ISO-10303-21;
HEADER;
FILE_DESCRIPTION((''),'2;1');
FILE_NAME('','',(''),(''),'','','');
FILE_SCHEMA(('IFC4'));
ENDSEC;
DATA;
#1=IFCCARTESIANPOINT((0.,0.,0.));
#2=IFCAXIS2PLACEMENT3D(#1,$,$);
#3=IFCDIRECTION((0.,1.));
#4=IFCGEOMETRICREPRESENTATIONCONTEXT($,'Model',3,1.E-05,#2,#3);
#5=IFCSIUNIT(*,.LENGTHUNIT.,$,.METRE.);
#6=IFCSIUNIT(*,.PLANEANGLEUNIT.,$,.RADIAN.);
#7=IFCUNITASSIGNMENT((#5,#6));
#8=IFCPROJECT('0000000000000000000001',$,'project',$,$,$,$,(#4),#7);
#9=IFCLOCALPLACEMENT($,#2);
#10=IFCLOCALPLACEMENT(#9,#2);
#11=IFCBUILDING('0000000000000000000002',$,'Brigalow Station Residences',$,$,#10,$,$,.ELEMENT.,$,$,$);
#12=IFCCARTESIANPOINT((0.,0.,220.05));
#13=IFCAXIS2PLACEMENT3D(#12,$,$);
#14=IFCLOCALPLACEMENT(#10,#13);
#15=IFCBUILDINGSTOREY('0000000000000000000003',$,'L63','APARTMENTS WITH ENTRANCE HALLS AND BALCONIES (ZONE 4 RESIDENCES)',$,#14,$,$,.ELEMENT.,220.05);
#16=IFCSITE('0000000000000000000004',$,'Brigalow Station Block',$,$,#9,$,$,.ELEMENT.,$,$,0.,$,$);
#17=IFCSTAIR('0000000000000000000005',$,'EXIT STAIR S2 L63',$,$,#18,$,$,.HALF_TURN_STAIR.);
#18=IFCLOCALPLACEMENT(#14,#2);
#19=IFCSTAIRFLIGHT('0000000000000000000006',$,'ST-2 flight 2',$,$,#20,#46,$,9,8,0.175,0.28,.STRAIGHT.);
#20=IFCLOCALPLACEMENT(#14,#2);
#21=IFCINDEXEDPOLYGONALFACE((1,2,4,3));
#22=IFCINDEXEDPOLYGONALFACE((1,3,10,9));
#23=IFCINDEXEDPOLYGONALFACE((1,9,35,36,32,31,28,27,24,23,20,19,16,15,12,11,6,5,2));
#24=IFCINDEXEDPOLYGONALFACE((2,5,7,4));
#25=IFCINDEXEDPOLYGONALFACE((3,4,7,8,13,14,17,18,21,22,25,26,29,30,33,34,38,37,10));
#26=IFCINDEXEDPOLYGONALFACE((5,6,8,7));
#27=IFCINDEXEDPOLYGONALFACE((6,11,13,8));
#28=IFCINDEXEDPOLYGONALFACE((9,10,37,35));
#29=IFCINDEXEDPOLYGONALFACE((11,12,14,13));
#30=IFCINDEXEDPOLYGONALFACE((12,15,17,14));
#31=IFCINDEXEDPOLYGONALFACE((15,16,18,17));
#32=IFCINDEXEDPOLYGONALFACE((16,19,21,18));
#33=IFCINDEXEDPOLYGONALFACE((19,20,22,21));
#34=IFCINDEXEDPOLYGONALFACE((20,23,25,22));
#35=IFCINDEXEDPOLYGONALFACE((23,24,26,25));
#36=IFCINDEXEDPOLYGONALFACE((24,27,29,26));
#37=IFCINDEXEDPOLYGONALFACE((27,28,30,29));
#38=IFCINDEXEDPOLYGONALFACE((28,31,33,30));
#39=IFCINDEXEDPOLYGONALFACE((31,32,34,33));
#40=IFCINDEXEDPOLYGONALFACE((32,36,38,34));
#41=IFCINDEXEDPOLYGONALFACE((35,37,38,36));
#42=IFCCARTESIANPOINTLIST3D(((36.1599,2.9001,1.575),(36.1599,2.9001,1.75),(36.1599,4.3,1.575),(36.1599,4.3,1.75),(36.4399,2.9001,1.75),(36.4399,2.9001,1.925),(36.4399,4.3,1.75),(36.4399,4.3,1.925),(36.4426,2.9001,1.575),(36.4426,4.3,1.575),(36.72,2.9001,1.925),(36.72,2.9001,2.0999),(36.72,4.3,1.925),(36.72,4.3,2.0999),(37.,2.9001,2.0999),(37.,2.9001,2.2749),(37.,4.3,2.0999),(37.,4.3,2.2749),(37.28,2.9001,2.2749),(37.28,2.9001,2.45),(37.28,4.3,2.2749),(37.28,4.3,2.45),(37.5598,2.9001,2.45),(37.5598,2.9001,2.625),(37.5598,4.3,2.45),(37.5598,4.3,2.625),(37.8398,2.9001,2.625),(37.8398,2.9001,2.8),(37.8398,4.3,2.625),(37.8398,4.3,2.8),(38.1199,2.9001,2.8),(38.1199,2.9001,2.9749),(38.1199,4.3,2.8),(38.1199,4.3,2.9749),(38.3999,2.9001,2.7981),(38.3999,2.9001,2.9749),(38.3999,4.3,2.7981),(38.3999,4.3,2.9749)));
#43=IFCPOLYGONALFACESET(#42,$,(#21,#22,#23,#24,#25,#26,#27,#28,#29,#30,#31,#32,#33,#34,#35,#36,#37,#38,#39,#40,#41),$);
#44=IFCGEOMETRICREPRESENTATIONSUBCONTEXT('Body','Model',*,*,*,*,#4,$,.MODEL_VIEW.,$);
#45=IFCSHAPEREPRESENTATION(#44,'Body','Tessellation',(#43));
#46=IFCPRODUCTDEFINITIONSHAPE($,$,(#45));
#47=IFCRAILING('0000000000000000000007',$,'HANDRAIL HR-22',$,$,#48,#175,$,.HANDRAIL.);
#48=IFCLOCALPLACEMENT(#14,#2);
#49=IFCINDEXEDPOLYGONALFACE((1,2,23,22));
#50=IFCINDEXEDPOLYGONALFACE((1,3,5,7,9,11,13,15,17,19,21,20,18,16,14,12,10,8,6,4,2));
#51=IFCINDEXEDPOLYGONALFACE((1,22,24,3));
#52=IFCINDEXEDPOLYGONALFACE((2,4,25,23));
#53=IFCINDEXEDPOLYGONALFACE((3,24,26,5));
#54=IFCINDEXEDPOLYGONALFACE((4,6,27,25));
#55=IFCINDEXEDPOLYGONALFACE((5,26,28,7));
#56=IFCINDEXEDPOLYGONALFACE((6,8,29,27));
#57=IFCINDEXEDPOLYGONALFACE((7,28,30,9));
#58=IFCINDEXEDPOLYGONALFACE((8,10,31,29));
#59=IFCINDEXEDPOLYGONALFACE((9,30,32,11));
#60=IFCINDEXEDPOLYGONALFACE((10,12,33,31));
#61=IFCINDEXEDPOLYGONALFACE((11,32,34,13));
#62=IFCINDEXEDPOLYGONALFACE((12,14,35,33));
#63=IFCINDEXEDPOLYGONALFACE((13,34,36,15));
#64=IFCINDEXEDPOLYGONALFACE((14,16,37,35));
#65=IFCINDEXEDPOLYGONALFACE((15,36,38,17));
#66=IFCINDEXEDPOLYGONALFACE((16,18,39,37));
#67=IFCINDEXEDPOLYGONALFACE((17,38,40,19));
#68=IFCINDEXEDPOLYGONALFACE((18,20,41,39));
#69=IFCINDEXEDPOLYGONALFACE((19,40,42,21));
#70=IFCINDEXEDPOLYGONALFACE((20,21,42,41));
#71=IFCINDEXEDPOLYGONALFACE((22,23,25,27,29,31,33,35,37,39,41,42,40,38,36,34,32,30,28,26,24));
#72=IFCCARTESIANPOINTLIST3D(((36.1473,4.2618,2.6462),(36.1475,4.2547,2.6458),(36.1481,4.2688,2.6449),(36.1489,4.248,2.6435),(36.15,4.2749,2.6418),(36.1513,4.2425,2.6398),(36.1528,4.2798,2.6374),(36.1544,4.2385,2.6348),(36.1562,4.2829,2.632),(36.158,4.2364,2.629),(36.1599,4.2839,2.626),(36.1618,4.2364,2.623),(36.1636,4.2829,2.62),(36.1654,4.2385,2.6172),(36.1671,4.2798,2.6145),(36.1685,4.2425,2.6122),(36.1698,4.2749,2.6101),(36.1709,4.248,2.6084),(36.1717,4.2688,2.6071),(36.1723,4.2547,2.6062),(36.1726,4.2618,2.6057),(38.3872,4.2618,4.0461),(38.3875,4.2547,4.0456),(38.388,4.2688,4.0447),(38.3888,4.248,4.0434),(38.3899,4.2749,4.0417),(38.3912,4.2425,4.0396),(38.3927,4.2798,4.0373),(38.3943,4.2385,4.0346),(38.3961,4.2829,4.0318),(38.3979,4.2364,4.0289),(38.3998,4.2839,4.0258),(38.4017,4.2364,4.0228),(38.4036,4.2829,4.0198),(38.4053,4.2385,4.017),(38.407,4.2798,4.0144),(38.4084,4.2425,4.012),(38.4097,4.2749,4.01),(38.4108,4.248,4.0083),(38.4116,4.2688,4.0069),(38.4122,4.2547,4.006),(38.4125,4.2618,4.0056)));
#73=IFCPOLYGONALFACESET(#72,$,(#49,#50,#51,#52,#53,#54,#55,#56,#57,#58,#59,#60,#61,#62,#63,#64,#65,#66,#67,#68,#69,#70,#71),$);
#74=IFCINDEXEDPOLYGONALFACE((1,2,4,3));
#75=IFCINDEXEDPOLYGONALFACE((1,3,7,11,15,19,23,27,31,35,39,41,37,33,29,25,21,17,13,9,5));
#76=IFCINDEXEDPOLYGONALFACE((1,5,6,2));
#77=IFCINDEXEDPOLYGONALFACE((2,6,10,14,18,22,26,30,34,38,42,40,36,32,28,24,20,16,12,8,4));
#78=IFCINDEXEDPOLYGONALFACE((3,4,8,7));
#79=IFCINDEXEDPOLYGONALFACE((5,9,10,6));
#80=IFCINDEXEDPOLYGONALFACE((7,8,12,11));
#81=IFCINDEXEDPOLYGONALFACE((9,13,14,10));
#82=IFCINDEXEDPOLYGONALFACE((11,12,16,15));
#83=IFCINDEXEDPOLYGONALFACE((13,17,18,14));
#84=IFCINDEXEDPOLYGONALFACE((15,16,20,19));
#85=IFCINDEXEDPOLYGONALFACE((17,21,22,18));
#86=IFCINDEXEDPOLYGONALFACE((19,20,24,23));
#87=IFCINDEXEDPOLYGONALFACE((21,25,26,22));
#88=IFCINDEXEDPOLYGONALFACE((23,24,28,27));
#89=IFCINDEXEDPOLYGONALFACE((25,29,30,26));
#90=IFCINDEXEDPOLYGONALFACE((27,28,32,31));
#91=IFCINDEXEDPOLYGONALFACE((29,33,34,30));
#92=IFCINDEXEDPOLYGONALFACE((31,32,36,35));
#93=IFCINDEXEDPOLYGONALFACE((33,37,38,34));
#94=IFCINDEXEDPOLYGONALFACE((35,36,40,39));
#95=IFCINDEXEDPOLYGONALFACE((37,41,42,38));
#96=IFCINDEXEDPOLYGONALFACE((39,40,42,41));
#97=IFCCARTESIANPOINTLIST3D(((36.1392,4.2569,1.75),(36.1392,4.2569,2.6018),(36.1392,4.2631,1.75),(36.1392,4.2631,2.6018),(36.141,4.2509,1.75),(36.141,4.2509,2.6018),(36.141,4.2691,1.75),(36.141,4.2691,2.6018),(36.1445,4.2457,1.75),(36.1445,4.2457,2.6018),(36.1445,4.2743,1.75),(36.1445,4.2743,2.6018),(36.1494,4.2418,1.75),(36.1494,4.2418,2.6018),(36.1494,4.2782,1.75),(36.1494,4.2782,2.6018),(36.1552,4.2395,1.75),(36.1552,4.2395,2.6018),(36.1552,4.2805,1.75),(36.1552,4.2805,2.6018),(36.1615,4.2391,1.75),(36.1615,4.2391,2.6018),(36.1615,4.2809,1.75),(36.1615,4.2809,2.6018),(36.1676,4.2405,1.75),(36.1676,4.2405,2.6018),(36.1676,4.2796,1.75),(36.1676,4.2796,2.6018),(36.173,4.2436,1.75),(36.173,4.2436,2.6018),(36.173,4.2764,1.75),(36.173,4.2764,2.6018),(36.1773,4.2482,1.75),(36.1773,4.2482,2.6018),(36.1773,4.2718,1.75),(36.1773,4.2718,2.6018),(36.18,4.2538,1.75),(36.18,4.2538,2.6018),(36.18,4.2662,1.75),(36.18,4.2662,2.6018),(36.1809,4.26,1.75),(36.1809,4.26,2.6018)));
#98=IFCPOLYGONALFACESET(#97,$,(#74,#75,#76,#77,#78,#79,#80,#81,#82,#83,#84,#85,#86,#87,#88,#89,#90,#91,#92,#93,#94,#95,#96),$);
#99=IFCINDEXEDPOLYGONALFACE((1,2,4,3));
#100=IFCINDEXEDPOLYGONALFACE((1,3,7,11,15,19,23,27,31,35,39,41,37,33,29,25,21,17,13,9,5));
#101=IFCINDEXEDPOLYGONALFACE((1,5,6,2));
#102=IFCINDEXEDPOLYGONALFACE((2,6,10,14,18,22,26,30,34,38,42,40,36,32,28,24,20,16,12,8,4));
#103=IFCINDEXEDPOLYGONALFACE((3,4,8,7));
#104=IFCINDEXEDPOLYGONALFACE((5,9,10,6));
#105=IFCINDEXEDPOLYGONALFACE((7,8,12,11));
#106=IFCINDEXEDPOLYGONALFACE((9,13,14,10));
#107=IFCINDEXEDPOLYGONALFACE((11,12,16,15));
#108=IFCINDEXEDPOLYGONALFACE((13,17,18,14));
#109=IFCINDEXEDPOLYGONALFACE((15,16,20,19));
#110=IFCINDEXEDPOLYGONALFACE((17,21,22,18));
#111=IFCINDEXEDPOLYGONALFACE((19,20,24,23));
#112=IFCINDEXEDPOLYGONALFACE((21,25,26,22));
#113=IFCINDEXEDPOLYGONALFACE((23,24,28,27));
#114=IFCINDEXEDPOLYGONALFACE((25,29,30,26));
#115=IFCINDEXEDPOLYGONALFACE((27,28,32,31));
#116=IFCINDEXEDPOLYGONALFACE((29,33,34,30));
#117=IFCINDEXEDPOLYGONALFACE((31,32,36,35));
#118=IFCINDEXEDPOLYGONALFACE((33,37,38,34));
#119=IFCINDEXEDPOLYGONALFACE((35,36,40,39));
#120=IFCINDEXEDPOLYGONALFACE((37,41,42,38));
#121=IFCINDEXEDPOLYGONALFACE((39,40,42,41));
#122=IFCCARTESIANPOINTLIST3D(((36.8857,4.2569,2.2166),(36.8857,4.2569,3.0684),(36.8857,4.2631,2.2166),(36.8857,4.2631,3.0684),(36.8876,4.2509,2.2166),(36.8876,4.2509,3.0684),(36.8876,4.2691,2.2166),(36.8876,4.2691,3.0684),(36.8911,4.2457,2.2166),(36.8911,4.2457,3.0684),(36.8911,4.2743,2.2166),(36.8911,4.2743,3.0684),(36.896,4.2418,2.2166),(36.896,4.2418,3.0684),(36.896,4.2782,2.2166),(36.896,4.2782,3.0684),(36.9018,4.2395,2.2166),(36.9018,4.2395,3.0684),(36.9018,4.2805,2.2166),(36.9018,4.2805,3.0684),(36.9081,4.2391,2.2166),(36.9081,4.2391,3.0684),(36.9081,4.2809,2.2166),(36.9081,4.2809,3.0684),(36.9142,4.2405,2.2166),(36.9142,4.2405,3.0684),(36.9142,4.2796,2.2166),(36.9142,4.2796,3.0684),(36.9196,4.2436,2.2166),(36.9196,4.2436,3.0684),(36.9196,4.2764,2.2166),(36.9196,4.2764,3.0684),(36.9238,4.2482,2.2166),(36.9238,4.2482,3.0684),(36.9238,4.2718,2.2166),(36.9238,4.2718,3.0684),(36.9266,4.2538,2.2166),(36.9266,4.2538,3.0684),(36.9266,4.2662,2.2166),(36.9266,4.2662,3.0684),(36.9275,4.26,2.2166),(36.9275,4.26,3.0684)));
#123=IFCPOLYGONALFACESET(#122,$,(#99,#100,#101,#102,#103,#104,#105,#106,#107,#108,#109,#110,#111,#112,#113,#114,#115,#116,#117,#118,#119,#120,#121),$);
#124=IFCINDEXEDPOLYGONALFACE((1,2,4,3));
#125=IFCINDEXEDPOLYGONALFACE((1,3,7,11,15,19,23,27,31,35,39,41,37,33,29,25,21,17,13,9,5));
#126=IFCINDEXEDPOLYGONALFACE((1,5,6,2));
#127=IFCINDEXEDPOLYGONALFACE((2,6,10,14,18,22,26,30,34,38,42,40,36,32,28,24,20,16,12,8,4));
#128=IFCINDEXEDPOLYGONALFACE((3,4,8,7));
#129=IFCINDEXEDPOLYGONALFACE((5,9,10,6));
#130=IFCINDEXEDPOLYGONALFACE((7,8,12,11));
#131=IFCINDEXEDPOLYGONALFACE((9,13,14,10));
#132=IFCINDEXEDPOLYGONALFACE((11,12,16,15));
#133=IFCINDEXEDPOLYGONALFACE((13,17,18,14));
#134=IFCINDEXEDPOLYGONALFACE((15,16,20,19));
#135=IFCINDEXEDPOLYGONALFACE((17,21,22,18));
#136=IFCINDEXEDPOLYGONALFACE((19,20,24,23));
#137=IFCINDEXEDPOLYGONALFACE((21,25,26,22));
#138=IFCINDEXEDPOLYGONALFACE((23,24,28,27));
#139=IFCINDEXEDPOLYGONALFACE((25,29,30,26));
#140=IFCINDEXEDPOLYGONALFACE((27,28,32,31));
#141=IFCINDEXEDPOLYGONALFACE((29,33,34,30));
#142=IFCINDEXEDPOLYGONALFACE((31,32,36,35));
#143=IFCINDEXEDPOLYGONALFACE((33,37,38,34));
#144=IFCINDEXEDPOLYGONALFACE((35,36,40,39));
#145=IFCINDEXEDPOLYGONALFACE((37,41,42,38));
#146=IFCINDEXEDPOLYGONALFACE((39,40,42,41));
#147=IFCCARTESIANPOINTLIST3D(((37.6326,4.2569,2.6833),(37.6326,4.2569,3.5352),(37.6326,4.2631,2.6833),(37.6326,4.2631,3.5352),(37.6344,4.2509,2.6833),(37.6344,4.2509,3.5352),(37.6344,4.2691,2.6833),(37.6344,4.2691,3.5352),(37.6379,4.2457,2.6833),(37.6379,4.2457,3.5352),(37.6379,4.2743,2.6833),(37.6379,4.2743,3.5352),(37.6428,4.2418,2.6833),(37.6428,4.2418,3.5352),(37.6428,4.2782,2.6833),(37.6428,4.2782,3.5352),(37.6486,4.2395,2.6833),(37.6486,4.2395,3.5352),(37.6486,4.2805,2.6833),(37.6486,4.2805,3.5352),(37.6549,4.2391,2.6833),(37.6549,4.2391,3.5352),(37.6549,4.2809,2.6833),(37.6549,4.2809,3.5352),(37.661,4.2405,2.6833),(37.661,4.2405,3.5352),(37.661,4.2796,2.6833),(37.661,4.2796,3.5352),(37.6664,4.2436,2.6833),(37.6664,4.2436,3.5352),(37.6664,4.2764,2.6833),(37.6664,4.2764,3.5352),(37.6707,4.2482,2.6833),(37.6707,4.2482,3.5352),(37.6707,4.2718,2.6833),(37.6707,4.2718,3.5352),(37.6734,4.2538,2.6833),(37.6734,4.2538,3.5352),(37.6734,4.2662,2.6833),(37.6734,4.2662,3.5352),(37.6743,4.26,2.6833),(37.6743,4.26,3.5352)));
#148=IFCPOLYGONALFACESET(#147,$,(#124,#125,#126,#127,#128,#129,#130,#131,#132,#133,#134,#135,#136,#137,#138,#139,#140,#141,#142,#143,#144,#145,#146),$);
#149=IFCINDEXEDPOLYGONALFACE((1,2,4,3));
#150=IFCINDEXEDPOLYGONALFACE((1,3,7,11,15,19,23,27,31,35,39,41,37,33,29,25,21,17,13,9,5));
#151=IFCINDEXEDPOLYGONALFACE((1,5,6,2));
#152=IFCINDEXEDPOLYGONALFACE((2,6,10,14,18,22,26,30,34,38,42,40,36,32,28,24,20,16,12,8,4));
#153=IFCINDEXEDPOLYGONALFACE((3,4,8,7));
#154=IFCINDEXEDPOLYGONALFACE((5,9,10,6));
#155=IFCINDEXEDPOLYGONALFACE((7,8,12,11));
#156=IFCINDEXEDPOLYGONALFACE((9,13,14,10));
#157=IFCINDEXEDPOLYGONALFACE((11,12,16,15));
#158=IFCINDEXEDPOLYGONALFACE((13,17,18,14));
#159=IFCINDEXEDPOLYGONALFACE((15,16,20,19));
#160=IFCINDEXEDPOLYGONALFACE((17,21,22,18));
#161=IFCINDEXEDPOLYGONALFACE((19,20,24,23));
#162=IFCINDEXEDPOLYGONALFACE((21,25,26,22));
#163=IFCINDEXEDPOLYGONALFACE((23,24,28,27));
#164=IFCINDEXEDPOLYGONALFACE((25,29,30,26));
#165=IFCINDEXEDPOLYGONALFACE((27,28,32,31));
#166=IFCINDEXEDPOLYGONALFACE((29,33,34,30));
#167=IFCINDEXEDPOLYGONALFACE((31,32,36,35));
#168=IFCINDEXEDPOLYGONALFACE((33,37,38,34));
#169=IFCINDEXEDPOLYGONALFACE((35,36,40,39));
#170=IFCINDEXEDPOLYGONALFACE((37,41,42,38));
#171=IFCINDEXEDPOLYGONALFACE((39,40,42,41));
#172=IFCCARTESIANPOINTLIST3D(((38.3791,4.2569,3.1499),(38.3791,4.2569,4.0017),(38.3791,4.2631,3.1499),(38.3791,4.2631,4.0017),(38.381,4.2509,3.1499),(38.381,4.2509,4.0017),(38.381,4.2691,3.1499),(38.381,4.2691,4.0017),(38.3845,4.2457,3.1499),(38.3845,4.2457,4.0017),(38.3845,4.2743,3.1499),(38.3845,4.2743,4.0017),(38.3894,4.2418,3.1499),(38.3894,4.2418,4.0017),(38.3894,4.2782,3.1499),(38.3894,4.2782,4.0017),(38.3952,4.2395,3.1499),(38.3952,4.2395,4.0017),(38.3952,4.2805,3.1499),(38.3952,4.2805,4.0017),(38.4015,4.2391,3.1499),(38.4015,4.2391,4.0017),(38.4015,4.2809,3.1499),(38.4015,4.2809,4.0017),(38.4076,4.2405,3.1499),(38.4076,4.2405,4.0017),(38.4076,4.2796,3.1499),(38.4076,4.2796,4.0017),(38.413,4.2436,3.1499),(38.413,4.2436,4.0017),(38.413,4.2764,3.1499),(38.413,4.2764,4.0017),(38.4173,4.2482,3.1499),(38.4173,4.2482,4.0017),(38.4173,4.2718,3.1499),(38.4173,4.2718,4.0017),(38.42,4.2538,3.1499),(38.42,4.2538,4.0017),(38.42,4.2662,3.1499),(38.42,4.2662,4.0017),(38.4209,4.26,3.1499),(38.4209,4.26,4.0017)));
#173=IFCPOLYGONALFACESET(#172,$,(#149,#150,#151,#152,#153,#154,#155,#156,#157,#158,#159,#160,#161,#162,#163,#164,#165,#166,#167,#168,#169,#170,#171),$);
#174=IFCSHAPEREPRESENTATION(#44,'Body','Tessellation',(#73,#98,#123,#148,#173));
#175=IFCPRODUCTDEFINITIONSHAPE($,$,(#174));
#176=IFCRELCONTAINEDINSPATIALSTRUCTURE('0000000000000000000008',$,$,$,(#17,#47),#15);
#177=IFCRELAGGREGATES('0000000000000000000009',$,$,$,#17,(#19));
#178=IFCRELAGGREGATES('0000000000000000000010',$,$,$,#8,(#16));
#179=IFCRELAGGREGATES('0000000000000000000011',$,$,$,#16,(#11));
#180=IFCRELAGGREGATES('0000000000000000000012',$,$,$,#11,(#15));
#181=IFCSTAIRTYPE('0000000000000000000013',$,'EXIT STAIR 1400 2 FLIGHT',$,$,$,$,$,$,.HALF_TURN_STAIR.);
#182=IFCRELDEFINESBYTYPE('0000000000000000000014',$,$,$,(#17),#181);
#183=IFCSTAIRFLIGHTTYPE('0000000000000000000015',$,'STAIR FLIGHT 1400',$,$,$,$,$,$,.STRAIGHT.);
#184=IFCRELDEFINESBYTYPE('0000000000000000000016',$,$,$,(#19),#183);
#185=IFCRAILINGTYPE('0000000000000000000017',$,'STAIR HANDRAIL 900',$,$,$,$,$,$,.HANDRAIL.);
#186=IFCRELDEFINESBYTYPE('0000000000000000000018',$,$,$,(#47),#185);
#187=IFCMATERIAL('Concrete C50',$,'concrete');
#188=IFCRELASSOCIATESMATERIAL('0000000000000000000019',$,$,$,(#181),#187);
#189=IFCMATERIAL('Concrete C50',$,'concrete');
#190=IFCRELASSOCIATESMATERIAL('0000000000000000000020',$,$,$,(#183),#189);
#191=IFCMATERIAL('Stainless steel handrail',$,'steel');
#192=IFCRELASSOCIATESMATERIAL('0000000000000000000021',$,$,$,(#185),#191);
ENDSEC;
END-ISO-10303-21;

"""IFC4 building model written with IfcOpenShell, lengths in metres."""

from ifc_helpers import new_model, si_unit, direction, frame, origin, origin_2d, place, context, subcontext, project, spatial, polyline, circle, outline, extrude, material, type_object, element, aggregate, save


model = new_model("IFC4")

# Units and contexts
model_context = context("Model", 3, precision=1e-05, world=origin(), true_north=direction((0.0, 1.0)))
body_context = subcontext(model_context, "Body", "Model", "MODEL_VIEW")
ifc_project = project(units=[si_unit("LENGTHUNIT", "METRE"), si_unit("PLANEANGLEUNIT", "RADIAN")], contexts=[model_context])

# Site, building, storey
site_placement = place(None, origin())
site = spatial("IfcSite", under=ifc_project, at=site_placement, Name="Brigalow Station Block", CompositionType="ELEMENT", RefElevation=0.0)
building_placement = place(site_placement, origin())
building = spatial("IfcBuilding", under=site, at=building_placement, Name="Brigalow Station Residences", CompositionType="ELEMENT")
storey_placement = place(building_placement, frame((0.0, 0.0, 220.05)))
storey = spatial("IfcBuildingStorey", under=building, at=storey_placement, Name="L63", Description="APARTMENTS WITH ENTRANCE HALLS AND BALCONIES (ZONE 4 RESIDENCES)", CompositionType="ELEMENT", Elevation=220.05)

# Stair, stair flight
ifc_material_1 = material(Name="Concrete C50", Category="concrete")
stair_type = type_object("IfcStairType", Name="EXIT STAIR 1400 2 FLIGHT", PredefinedType="HALF_TURN_STAIR", material=ifc_material_1)
stair_placement = place(storey_placement, origin())
stair = element("IfcStair", 1, at=stair_placement, inside=storey, type_object=stair_type, Name="EXIT STAIR S2 L63", PredefinedType="HALF_TURN_STAIR")
ifc_material_2 = material(Name="Concrete C50", Category="concrete")
stair_flight_type = type_object("IfcStairFlightType", Name="STAIR FLIGHT 1400", PredefinedType="STRAIGHT", material=ifc_material_2)
stair_flight_placement = place(storey_placement, frame((36.1599, 3.6001, 1.575), z_axis=(0.0, 0.0, 1.0), x_axis=(1.0, 0.0, 0.0)))
stair_flight = element("IfcStairFlight", 2, at=stair_flight_placement, type_object=stair_flight_type, Name="ST-2 flight 2", NumberOfRisers=9, NumberOfTreads=8, PredefinedType="STRAIGHT", RiserHeight=0.175, TreadLength=0.28, context=body_context, shape_type="SweptSolid", body=[
    extrude(outline(polyline([(0.0, 0.0), (0.0, 0.175), (0.28, 0.175), (0.28, 0.3501), (0.5601, 0.3501), (0.5601, 0.5249), (0.8401, 0.5249), (0.8401, 0.7), (1.1201, 0.7), (1.1201, 0.875), (1.3999, 0.875), (1.3999, 1.05), (1.6799, 1.05), (1.6799, 1.2251), (1.96, 1.2251), (1.96, 1.3999), (2.24, 1.3999), (2.24, 1.575), (2.24, 1.2231), (0.2827, 0.0), (0.0, 0.0)])), frame((0.0, 0.7, 0.0), z_axis=(0.0, -1.0, 0.0), x_axis=(1.0, 0.0, 0.0)), (0.0, 0.0, 1.0), 1.3999),
])
aggregate(stair, [stair_flight])

# Railing
ifc_material_3 = material(Name="Stainless steel handrail", Category="steel")
railing_type = type_object("IfcRailingType", Name="STAIR HANDRAIL 900", PredefinedType="HANDRAIL", material=ifc_material_3)
railing_placement = place(storey_placement, frame((36.1599, 4.26, 1.75)))
element("IfcRailing", 3, at=railing_placement, inside=storey, type_object=railing_type, Name="HANDRAIL HR-22", PredefinedType="HANDRAIL", context=body_context, shape_type="SweptSolid", body=[
    extrude(circle(Radius=0.0239, at=origin_2d()), frame((0.0, 0.0, 0.876), z_axis=(0.848014, 0.0, 0.529974), x_axis=(0.0, 1.0, 0.0)), (0.0, 0.0, 1.0), 2.6414),
    extrude(circle(Radius=0.021, at=origin_2d()), origin(), (0.0, 0.0, 1.0), 0.8518),
    extrude(circle(Radius=0.021, at=origin_2d()), frame((0.7466, 0.0, 0.4666)), (0.0, 0.0, 1.0), 0.8518),
    extrude(circle(Radius=0.021, at=origin_2d()), frame((1.4934, 0.0, 0.9333)), (0.0, 0.0, 1.0), 0.8518),
    extrude(circle(Radius=0.021, at=origin_2d()), frame((2.24, 0.0, 1.3999)), (0.0, 0.0, 1.0), 0.8518),
])

save(model, "model.ifc")
